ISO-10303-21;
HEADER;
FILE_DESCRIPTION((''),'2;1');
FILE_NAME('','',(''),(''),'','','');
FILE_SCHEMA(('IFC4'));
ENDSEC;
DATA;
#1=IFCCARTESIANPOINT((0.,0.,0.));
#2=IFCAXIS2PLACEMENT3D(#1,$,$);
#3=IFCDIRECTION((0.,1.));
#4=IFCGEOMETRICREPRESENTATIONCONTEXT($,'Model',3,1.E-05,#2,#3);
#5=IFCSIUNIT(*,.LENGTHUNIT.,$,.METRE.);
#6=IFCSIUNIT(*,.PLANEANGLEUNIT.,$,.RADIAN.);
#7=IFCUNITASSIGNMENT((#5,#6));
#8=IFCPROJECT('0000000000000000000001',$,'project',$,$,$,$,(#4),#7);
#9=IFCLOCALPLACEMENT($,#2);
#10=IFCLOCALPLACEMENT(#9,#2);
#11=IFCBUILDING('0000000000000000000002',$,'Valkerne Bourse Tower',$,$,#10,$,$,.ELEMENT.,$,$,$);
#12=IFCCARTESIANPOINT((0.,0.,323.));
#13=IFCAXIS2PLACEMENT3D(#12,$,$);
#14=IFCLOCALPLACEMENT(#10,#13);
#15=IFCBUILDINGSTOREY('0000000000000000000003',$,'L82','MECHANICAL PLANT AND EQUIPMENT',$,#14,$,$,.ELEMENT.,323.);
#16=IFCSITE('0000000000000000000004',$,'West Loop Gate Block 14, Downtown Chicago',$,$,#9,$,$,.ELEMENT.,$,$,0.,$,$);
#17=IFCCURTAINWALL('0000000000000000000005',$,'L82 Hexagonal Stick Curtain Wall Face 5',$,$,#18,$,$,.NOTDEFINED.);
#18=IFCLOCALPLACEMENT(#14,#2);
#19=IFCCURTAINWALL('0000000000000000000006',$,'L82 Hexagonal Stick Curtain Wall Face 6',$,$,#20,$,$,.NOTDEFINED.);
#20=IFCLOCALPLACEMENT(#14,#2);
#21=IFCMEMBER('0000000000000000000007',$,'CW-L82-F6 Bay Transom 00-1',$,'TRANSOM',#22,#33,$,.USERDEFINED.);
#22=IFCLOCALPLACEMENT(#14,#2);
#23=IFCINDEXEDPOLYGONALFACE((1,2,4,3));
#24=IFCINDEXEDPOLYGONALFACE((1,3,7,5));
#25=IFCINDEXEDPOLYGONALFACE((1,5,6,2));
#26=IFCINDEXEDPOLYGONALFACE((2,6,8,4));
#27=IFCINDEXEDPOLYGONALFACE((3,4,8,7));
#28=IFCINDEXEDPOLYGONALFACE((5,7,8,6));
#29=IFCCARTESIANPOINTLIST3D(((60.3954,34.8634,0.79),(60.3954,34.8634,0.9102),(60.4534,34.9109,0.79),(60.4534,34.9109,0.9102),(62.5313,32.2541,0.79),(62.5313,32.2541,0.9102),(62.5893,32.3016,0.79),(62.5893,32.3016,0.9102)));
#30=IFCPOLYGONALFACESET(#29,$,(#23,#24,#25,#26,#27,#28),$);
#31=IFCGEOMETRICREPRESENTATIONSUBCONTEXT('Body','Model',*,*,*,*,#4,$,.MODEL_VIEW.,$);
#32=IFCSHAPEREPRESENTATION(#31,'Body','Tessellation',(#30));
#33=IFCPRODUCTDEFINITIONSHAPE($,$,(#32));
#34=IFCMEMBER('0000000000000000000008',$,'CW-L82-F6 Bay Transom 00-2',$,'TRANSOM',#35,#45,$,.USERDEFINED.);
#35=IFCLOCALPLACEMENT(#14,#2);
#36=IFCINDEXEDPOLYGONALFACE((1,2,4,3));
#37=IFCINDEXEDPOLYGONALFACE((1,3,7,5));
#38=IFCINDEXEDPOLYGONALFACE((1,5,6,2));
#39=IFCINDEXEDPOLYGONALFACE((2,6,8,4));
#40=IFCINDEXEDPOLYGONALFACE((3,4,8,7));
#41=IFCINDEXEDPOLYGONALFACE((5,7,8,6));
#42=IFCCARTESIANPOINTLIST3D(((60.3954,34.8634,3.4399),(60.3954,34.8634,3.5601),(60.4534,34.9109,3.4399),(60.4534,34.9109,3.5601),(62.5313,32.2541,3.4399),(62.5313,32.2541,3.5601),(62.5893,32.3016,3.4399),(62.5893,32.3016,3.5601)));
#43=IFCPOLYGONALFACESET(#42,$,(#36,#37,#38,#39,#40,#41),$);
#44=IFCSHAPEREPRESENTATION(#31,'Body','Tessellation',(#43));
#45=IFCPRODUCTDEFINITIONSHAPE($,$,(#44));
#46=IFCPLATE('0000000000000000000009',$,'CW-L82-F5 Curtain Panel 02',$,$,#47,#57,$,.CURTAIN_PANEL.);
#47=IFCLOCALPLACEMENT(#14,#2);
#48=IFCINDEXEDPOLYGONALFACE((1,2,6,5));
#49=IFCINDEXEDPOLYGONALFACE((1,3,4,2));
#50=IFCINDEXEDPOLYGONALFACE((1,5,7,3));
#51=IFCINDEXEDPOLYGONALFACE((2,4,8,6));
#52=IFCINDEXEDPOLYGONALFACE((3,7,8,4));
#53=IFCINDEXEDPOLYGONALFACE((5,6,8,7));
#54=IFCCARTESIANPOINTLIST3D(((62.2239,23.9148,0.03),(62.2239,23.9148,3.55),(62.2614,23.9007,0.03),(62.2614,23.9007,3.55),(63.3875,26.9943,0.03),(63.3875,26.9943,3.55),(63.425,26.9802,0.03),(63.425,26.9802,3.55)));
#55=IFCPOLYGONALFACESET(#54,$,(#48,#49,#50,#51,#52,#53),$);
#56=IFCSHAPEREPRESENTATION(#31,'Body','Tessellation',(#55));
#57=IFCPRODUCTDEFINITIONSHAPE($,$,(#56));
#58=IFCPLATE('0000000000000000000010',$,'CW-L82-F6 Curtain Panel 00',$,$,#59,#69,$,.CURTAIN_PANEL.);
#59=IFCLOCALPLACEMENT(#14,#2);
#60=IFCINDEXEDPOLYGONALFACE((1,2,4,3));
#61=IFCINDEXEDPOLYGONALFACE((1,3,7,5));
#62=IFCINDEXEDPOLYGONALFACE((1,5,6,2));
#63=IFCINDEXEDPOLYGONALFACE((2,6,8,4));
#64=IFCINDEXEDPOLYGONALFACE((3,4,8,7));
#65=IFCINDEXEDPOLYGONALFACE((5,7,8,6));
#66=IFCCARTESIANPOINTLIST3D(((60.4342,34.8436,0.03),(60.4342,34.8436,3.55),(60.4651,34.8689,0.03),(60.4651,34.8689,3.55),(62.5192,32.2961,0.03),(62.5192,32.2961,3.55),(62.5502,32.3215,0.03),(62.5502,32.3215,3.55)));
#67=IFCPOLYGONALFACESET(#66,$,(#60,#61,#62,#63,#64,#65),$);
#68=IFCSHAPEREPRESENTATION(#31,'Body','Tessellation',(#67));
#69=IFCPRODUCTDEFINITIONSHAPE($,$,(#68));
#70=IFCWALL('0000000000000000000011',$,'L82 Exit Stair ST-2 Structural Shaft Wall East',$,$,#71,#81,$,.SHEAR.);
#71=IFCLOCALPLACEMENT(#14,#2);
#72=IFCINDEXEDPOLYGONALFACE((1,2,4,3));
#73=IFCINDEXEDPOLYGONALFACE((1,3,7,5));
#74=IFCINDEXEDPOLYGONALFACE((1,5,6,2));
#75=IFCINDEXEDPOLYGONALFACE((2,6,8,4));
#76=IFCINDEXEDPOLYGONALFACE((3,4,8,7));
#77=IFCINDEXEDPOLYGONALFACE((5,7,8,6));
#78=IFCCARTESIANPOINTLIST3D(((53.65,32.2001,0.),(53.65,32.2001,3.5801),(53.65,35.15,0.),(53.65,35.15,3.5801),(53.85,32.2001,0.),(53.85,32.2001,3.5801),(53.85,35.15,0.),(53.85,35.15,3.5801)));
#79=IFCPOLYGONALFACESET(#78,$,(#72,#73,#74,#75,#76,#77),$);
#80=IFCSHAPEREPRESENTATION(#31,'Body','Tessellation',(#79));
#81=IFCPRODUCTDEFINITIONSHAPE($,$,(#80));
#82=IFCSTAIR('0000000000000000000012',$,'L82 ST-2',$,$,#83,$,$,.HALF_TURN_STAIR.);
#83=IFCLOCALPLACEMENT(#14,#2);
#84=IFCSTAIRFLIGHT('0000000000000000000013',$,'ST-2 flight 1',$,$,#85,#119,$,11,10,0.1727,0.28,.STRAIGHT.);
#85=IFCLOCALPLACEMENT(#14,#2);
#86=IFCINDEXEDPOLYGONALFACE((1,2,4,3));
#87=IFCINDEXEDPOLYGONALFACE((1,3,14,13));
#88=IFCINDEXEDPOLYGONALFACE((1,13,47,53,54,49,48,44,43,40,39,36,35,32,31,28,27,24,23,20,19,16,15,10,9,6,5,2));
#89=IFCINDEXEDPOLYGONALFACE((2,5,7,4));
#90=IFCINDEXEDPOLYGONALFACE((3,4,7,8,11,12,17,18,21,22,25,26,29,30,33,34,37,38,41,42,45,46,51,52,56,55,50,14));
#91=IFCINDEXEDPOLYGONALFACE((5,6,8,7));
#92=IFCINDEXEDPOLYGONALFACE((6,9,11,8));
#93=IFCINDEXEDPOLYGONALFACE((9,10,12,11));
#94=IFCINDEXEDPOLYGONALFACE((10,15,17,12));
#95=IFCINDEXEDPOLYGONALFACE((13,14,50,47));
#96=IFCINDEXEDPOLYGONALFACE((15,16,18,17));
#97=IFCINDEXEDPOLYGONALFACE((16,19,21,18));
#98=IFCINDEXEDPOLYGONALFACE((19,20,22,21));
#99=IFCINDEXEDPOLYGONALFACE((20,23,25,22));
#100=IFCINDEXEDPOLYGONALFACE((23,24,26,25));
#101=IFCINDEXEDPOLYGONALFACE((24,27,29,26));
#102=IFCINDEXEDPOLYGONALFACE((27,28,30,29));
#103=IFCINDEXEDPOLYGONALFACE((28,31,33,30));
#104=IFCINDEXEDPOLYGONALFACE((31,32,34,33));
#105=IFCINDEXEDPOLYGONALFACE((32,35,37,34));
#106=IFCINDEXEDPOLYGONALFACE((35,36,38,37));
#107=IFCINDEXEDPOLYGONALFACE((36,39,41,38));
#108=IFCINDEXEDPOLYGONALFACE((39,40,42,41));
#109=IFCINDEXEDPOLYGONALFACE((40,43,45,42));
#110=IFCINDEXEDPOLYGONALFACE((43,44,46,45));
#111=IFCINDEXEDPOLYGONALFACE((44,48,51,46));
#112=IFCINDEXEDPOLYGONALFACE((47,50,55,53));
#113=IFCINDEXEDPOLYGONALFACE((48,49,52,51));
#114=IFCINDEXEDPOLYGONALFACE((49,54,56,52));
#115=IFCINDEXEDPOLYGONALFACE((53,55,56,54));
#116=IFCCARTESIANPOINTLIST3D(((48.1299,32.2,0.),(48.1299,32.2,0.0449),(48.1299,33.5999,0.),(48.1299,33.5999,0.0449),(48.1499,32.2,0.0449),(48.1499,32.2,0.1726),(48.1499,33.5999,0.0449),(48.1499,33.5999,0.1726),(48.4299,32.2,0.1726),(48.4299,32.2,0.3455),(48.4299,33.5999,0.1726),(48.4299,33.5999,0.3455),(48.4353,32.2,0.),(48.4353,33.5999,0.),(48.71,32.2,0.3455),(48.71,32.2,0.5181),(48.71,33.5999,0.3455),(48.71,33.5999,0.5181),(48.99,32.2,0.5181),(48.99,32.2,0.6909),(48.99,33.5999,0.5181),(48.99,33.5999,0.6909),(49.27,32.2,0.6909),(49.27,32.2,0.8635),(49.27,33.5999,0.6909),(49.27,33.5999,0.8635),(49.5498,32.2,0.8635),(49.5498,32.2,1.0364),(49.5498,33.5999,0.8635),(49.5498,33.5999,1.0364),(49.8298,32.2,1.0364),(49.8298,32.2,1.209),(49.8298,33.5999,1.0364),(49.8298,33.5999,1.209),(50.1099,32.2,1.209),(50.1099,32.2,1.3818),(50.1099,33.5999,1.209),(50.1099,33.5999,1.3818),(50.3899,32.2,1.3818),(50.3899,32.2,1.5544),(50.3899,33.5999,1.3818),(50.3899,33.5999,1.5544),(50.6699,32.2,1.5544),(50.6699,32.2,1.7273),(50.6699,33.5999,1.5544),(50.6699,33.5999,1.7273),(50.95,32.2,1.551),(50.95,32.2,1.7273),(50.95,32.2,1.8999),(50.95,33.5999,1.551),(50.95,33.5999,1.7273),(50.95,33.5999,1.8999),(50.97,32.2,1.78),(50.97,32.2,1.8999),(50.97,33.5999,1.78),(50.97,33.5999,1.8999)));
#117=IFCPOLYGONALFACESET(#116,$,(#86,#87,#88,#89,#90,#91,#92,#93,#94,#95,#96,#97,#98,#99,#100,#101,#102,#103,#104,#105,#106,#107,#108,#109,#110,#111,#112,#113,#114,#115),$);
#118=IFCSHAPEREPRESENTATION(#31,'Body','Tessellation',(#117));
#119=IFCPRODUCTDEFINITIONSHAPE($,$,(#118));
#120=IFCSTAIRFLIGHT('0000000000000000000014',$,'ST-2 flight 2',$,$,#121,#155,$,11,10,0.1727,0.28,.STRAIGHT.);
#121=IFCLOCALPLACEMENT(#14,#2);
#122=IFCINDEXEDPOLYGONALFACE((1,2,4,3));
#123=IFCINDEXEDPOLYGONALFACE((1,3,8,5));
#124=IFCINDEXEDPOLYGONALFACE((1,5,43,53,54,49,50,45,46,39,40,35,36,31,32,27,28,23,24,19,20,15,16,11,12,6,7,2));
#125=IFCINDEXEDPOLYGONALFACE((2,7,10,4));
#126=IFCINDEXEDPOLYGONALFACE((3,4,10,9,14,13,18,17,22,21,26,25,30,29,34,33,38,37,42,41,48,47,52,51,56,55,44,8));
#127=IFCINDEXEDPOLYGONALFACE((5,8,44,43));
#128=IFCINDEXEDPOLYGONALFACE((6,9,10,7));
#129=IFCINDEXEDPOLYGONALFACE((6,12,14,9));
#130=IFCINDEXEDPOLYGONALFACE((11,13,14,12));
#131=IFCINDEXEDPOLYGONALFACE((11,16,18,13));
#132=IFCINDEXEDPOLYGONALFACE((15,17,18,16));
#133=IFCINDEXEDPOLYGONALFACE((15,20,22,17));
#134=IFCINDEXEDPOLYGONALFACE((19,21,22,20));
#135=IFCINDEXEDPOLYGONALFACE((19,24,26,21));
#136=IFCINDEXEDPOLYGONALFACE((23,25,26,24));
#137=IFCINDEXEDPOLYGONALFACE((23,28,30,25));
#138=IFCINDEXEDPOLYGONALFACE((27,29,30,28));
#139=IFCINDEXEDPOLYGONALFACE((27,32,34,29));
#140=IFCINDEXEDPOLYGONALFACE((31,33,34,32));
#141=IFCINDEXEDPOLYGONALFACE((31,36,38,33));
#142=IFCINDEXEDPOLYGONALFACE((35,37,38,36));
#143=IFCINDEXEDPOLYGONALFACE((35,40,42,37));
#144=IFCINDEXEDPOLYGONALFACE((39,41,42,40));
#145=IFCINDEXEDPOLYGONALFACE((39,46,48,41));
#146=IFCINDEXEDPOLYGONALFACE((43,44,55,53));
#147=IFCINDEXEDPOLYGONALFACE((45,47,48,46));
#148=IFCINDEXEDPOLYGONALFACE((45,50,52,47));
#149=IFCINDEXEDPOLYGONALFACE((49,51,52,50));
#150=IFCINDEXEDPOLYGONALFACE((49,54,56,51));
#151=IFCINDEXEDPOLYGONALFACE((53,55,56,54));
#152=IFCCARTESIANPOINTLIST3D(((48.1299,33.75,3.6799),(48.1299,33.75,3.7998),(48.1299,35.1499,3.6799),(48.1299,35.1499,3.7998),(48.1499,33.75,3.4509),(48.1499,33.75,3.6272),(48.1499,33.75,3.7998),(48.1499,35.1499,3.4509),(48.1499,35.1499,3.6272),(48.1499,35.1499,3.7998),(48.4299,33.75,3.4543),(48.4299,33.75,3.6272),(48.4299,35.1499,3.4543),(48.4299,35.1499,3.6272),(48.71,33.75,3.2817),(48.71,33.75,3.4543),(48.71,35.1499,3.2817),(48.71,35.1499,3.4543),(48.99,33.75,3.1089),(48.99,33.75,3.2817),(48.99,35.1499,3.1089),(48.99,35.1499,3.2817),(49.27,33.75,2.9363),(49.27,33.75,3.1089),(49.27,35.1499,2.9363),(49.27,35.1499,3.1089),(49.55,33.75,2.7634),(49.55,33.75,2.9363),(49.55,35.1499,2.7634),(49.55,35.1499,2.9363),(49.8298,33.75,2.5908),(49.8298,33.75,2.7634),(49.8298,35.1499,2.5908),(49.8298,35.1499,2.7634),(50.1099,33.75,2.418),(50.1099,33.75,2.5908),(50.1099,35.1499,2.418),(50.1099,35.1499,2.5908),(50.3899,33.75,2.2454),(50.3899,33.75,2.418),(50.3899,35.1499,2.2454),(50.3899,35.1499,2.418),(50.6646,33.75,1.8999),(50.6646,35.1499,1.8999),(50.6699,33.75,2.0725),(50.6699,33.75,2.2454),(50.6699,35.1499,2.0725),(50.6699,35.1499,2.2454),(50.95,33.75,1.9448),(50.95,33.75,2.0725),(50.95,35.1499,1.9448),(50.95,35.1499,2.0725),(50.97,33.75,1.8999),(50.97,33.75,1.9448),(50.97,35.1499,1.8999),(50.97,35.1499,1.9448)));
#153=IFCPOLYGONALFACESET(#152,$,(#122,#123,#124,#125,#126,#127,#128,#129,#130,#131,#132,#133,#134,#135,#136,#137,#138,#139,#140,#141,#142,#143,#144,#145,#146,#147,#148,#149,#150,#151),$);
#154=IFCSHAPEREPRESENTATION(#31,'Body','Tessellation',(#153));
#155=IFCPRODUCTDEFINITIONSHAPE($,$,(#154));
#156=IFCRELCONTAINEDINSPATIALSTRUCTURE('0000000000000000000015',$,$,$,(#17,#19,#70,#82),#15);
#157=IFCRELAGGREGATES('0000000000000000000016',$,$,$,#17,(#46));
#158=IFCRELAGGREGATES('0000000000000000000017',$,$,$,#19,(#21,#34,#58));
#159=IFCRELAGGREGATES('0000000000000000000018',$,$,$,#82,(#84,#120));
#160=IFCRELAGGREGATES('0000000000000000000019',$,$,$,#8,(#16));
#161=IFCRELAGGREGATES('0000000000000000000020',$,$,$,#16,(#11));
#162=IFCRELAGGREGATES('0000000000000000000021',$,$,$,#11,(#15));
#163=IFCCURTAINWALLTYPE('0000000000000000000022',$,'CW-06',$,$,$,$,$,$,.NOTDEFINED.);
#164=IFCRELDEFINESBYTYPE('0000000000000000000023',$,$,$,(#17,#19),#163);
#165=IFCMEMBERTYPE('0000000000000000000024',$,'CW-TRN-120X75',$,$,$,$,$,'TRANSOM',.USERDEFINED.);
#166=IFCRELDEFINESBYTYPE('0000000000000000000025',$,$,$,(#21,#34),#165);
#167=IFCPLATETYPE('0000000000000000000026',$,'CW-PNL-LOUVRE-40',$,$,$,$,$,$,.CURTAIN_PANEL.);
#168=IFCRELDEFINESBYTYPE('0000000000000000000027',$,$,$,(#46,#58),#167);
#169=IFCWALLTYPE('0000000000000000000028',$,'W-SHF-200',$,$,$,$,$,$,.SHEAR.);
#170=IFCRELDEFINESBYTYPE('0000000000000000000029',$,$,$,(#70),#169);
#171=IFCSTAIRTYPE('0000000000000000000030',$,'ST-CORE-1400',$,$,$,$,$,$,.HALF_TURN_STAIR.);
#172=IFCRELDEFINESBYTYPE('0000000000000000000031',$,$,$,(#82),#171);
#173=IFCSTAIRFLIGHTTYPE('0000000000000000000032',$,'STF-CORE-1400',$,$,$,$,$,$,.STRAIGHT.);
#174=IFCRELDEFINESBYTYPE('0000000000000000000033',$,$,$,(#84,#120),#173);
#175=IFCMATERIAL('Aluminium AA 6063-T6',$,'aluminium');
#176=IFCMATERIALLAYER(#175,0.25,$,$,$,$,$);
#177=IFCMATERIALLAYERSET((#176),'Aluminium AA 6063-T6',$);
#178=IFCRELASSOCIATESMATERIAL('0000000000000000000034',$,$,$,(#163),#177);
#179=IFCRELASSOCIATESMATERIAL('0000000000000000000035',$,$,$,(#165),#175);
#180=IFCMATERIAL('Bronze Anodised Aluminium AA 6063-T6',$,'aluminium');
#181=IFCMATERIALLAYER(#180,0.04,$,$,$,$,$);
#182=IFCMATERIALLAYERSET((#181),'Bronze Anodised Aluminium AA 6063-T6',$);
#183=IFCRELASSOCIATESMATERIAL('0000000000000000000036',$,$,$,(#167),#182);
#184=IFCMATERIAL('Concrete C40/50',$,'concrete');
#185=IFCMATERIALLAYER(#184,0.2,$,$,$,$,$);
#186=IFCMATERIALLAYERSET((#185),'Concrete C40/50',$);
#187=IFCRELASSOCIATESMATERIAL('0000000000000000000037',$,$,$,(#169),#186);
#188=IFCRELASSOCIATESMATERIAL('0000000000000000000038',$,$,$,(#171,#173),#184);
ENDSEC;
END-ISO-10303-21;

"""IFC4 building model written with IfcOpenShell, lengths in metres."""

from ifc_helpers import new_model, si_unit, direction, frame, frame_2d, origin, origin_2d, place, context, subcontext, project, spatial, polyline, rectangle, outline, extrude, material, layer, layer_set, material_profile, profile_set, type_object, element, aggregate, save


model = new_model("IFC4")

# Units and contexts
model_context = context("Model", 3, precision=1e-05, world=origin(), true_north=direction((0.0, 1.0)))
body_context = subcontext(model_context, "Body", "Model", "MODEL_VIEW")
ifc_project = project(units=[si_unit("LENGTHUNIT", "METRE"), si_unit("PLANEANGLEUNIT", "RADIAN")], contexts=[model_context])

# Site, building, storey
site_placement = place(None, origin())
site = spatial("IfcSite", under=ifc_project, at=site_placement, Name="West Loop Gate Block 14, Downtown Chicago", CompositionType="ELEMENT", RefElevation=0.0)
building_placement = place(site_placement, origin())
building = spatial("IfcBuilding", under=site, at=building_placement, Name="Valkerne Bourse Tower", CompositionType="ELEMENT")
storey_placement = place(building_placement, frame((0.0, 0.0, 323.0)))
storey = spatial("IfcBuildingStorey", under=building, at=storey_placement, Name="L82", Description="MECHANICAL PLANT AND EQUIPMENT", CompositionType="ELEMENT", Elevation=323.0)

# Curtain wall
ifc_material_1 = material(Name="Aluminium AA 6063-T6", Category="aluminium")
ifc_layer_1 = layer(ifc_material_1, 0.25)
ifc_layer_set_1 = layer_set([ifc_layer_1], Name="Aluminium AA 6063-T6")
curtain_wall_type = type_object("IfcCurtainWallType", Name="CW-06", PredefinedType="NOTDEFINED", material=ifc_layer_set_1)
curtain_wall_1_placement = place(storey_placement, origin())
curtain_wall_1 = element("IfcCurtainWall", 1, at=curtain_wall_1_placement, inside=storey, type_object=curtain_wall_type, Name="L82 Hexagonal Stick Curtain Wall Face 5", PredefinedType="NOTDEFINED")

# Curtain wall, members
curtain_wall_2_placement = place(storey_placement, origin())
curtain_wall_2 = element("IfcCurtainWall", 2, at=curtain_wall_2_placement, inside=storey, type_object=curtain_wall_type, Name="L82 Hexagonal Stick Curtain Wall Face 6", PredefinedType="NOTDEFINED")
ifc_material_profile_1 = material_profile(ifc_material_1, rectangle(XDim=0.075, YDim=0.1201, at=origin_2d()), Name="CWT-75X120")
ifc_profile_set_1 = profile_set([ifc_material_profile_1], Name="Aluminium AA 6063-T6")
member_type_1 = type_object("IfcMemberType", Name="CW-TRN-120X75", ElementType="TRANSOM", PredefinedType="USERDEFINED", material=ifc_profile_set_1)
member_1_placement = place(storey_placement, frame((62.5603, 32.2778, 0.8501), z_axis=(-0.633423, 0.773806, 0.0), x_axis=(-0.773806, -0.633423, 0.0)))
member_1 = element("IfcMember", 3, at=member_1_placement, type_object=member_type_1, Name="CW-L82-F6 Bay Transom 00-1", ObjectType="TRANSOM", PredefinedType="USERDEFINED", context=body_context, shape_type="SweptSolid", body=[
    extrude(rectangle(XDim=0.075, YDim=0.1201, at=origin_2d()), origin(), (0.0, 0.0, 1.0), 3.3721),
])
member_2_placement = place(storey_placement, frame((62.5603, 32.2778, 3.5), z_axis=(-0.633423, 0.773806, 0.0), x_axis=(-0.773806, -0.633423, 0.0)))
member_2 = element("IfcMember", 4, at=member_2_placement, type_object=member_type_1, Name="CW-L82-F6 Bay Transom 00-2", ObjectType="TRANSOM", PredefinedType="USERDEFINED", context=body_context, shape_type="SweptSolid", body=[
    extrude(rectangle(XDim=0.075, YDim=0.1201, at=origin_2d()), origin(), (0.0, 0.0, 1.0), 3.3721),
])

# Plates
ifc_material_2 = material(Name="Bronze Anodised Aluminium AA 6063-T6", Category="aluminium")
ifc_layer_2 = layer(ifc_material_2, 0.04)
ifc_layer_set_2 = layer_set([ifc_layer_2], Name="Bronze Anodised Aluminium AA 6063-T6")
plate_type = type_object("IfcPlateType", Name="CW-PNL-LOUVRE-40", PredefinedType="CURTAIN_PANEL", material=ifc_layer_set_2)
plate_1_placement = place(storey_placement, frame((62.8245, 25.4475, 0.03), z_axis=(0.0, 0.0, 1.0), x_axis=(0.353467, 0.935447, 0.0)))
plate_1 = element("IfcPlate", 5, at=plate_1_placement, type_object=plate_type, Name="CW-L82-F5 Curtain Panel 02", PredefinedType="CURTAIN_PANEL", context=body_context, shape_type="SweptSolid", body=[
    extrude(rectangle(XDim=3.292, YDim=0.04, at=origin_2d()), origin(), (0.0, 0.0, 1.0), 3.52),
])
aggregate(curtain_wall_1, [plate_1])
plate_2_placement = place(storey_placement, frame((61.4922, 33.5825, 0.03), z_axis=(0.0, 0.0, 1.0), x_axis=(-0.633383, 0.773839, 0.0)))
plate_2 = element("IfcPlate", 6, at=plate_2_placement, type_object=plate_type, Name="CW-L82-F6 Curtain Panel 00", PredefinedType="CURTAIN_PANEL", context=body_context, shape_type="SweptSolid", body=[
    extrude(rectangle(XDim=3.292, YDim=0.04, at=origin_2d()), origin(), (0.0, 0.0, 1.0), 3.52),
])
aggregate(curtain_wall_2, [member_1, member_2, plate_2])

# Wall
ifc_material_3 = material(Name="Concrete C40/50", Category="concrete")
ifc_layer_3 = layer(ifc_material_3, 0.2)
ifc_layer_set_3 = layer_set([ifc_layer_3], Name="Concrete C40/50")
wall_type_1 = type_object("IfcWallType", Name="W-SHF-200", PredefinedType="SHEAR", material=ifc_layer_set_3)
wall_1_placement = place(storey_placement, frame((53.75, 32.2, 0.0), z_axis=(0.0, 0.0, 1.0), x_axis=(0.0, 1.0, 0.0)))
element("IfcWall", 7, at=wall_1_placement, inside=storey, type_object=wall_type_1, Name="L82 Exit Stair ST-2 Structural Shaft Wall East", PredefinedType="SHEAR", context=body_context, shape_type="SweptSolid", body=[
    extrude(rectangle(XDim=2.95, YDim=0.2, at=frame_2d((1.4751, 0.0))), origin(), (0.0, 0.0, 1.0), 3.5801),
])

# Stair, stair flights
stair_type = type_object("IfcStairType", Name="ST-CORE-1400", PredefinedType="HALF_TURN_STAIR", material=ifc_material_3)
stair_placement = place(storey_placement, origin())
stair = element("IfcStair", 8, at=stair_placement, inside=storey, type_object=stair_type, Name="L82 ST-2", PredefinedType="HALF_TURN_STAIR")
stair_flight_type = type_object("IfcStairFlightType", Name="STF-CORE-1400", PredefinedType="STRAIGHT", material=ifc_material_3)
stair_flight_1_placement = place(storey_placement, frame((48.1499, 32.8999, 0.0), z_axis=(0.0, 0.0, 1.0), x_axis=(1.0, 0.0, 0.0)))
stair_flight_1 = element("IfcStairFlight", 9, at=stair_flight_1_placement, type_object=stair_flight_type, Name="ST-2 flight 1", NumberOfRisers=11, NumberOfTreads=10, PredefinedType="STRAIGHT", RiserHeight=0.1727, TreadLength=0.28, context=body_context, shape_type="SweptSolid", body=[
    extrude(outline(polyline([(-0.02, 0.0), (-0.02, 0.0449), (0.0, 0.0449), (0.0, 0.1726), (0.28, 0.1726), (0.28, 0.3455), (0.5601, 0.3455), (0.5601, 0.5181), (0.8401, 0.5181), (0.8401, 0.6909), (1.1201, 0.6909), (1.1201, 0.8635), (1.3999, 0.8635), (1.3999, 1.0364), (1.6799, 1.0364), (1.6799, 1.209), (1.96, 1.209), (1.96, 1.3818), (2.24, 1.3818), (2.24, 1.5544), (2.52, 1.5544), (2.52, 1.7273), (2.8, 1.7273), (2.8, 1.8999), (2.8201, 1.8999), (2.8201, 1.78), (2.8, 1.551), (0.2854, 0.0), (-0.02, 0.0)])), frame((0.0, 0.7, 0.0), z_axis=(0.0, -1.0, 0.0), x_axis=(1.0, 0.0, 0.0)), (0.0, 0.0, 1.0), 1.3999),
])
stair_flight_2_placement = place(storey_placement, frame((50.95, 34.45, 1.8999), z_axis=(0.0, 0.0, 1.0), x_axis=(-1.0, 0.0, 0.0)))
stair_flight_2 = element("IfcStairFlight", 10, at=stair_flight_2_placement, type_object=stair_flight_type, Name="ST-2 flight 2", NumberOfRisers=11, NumberOfTreads=10, PredefinedType="STRAIGHT", RiserHeight=0.1727, TreadLength=0.28, context=body_context, shape_type="SweptSolid", body=[
    extrude(outline(polyline([(-0.02, 0.0), (-0.02, 0.0449), (0.0, 0.0449), (0.0, 0.1726), (0.28, 0.1726), (0.28, 0.3455), (0.5601, 0.3455), (0.5601, 0.5181), (0.8401, 0.5181), (0.8401, 0.6909), (1.1201, 0.6909), (1.1201, 0.8635), (1.3999, 0.8635), (1.3999, 1.0364), (1.6799, 1.0364), (1.6799, 1.209), (1.96, 1.209), (1.96, 1.3818), (2.24, 1.3818), (2.24, 1.5544), (2.52, 1.5544), (2.52, 1.7273), (2.8, 1.7273), (2.8, 1.8999), (2.8201, 1.8999), (2.8201, 1.78), (2.8, 1.551), (0.2854, 0.0), (-0.02, 0.0)])), frame((0.0, 0.7, 0.0), z_axis=(0.0, -1.0, 0.0), x_axis=(1.0, 0.0, 0.0)), (0.0, 0.0, 1.0), 1.3999),
])
aggregate(stair, [stair_flight_1, stair_flight_2])

save(model, "model.ifc")
